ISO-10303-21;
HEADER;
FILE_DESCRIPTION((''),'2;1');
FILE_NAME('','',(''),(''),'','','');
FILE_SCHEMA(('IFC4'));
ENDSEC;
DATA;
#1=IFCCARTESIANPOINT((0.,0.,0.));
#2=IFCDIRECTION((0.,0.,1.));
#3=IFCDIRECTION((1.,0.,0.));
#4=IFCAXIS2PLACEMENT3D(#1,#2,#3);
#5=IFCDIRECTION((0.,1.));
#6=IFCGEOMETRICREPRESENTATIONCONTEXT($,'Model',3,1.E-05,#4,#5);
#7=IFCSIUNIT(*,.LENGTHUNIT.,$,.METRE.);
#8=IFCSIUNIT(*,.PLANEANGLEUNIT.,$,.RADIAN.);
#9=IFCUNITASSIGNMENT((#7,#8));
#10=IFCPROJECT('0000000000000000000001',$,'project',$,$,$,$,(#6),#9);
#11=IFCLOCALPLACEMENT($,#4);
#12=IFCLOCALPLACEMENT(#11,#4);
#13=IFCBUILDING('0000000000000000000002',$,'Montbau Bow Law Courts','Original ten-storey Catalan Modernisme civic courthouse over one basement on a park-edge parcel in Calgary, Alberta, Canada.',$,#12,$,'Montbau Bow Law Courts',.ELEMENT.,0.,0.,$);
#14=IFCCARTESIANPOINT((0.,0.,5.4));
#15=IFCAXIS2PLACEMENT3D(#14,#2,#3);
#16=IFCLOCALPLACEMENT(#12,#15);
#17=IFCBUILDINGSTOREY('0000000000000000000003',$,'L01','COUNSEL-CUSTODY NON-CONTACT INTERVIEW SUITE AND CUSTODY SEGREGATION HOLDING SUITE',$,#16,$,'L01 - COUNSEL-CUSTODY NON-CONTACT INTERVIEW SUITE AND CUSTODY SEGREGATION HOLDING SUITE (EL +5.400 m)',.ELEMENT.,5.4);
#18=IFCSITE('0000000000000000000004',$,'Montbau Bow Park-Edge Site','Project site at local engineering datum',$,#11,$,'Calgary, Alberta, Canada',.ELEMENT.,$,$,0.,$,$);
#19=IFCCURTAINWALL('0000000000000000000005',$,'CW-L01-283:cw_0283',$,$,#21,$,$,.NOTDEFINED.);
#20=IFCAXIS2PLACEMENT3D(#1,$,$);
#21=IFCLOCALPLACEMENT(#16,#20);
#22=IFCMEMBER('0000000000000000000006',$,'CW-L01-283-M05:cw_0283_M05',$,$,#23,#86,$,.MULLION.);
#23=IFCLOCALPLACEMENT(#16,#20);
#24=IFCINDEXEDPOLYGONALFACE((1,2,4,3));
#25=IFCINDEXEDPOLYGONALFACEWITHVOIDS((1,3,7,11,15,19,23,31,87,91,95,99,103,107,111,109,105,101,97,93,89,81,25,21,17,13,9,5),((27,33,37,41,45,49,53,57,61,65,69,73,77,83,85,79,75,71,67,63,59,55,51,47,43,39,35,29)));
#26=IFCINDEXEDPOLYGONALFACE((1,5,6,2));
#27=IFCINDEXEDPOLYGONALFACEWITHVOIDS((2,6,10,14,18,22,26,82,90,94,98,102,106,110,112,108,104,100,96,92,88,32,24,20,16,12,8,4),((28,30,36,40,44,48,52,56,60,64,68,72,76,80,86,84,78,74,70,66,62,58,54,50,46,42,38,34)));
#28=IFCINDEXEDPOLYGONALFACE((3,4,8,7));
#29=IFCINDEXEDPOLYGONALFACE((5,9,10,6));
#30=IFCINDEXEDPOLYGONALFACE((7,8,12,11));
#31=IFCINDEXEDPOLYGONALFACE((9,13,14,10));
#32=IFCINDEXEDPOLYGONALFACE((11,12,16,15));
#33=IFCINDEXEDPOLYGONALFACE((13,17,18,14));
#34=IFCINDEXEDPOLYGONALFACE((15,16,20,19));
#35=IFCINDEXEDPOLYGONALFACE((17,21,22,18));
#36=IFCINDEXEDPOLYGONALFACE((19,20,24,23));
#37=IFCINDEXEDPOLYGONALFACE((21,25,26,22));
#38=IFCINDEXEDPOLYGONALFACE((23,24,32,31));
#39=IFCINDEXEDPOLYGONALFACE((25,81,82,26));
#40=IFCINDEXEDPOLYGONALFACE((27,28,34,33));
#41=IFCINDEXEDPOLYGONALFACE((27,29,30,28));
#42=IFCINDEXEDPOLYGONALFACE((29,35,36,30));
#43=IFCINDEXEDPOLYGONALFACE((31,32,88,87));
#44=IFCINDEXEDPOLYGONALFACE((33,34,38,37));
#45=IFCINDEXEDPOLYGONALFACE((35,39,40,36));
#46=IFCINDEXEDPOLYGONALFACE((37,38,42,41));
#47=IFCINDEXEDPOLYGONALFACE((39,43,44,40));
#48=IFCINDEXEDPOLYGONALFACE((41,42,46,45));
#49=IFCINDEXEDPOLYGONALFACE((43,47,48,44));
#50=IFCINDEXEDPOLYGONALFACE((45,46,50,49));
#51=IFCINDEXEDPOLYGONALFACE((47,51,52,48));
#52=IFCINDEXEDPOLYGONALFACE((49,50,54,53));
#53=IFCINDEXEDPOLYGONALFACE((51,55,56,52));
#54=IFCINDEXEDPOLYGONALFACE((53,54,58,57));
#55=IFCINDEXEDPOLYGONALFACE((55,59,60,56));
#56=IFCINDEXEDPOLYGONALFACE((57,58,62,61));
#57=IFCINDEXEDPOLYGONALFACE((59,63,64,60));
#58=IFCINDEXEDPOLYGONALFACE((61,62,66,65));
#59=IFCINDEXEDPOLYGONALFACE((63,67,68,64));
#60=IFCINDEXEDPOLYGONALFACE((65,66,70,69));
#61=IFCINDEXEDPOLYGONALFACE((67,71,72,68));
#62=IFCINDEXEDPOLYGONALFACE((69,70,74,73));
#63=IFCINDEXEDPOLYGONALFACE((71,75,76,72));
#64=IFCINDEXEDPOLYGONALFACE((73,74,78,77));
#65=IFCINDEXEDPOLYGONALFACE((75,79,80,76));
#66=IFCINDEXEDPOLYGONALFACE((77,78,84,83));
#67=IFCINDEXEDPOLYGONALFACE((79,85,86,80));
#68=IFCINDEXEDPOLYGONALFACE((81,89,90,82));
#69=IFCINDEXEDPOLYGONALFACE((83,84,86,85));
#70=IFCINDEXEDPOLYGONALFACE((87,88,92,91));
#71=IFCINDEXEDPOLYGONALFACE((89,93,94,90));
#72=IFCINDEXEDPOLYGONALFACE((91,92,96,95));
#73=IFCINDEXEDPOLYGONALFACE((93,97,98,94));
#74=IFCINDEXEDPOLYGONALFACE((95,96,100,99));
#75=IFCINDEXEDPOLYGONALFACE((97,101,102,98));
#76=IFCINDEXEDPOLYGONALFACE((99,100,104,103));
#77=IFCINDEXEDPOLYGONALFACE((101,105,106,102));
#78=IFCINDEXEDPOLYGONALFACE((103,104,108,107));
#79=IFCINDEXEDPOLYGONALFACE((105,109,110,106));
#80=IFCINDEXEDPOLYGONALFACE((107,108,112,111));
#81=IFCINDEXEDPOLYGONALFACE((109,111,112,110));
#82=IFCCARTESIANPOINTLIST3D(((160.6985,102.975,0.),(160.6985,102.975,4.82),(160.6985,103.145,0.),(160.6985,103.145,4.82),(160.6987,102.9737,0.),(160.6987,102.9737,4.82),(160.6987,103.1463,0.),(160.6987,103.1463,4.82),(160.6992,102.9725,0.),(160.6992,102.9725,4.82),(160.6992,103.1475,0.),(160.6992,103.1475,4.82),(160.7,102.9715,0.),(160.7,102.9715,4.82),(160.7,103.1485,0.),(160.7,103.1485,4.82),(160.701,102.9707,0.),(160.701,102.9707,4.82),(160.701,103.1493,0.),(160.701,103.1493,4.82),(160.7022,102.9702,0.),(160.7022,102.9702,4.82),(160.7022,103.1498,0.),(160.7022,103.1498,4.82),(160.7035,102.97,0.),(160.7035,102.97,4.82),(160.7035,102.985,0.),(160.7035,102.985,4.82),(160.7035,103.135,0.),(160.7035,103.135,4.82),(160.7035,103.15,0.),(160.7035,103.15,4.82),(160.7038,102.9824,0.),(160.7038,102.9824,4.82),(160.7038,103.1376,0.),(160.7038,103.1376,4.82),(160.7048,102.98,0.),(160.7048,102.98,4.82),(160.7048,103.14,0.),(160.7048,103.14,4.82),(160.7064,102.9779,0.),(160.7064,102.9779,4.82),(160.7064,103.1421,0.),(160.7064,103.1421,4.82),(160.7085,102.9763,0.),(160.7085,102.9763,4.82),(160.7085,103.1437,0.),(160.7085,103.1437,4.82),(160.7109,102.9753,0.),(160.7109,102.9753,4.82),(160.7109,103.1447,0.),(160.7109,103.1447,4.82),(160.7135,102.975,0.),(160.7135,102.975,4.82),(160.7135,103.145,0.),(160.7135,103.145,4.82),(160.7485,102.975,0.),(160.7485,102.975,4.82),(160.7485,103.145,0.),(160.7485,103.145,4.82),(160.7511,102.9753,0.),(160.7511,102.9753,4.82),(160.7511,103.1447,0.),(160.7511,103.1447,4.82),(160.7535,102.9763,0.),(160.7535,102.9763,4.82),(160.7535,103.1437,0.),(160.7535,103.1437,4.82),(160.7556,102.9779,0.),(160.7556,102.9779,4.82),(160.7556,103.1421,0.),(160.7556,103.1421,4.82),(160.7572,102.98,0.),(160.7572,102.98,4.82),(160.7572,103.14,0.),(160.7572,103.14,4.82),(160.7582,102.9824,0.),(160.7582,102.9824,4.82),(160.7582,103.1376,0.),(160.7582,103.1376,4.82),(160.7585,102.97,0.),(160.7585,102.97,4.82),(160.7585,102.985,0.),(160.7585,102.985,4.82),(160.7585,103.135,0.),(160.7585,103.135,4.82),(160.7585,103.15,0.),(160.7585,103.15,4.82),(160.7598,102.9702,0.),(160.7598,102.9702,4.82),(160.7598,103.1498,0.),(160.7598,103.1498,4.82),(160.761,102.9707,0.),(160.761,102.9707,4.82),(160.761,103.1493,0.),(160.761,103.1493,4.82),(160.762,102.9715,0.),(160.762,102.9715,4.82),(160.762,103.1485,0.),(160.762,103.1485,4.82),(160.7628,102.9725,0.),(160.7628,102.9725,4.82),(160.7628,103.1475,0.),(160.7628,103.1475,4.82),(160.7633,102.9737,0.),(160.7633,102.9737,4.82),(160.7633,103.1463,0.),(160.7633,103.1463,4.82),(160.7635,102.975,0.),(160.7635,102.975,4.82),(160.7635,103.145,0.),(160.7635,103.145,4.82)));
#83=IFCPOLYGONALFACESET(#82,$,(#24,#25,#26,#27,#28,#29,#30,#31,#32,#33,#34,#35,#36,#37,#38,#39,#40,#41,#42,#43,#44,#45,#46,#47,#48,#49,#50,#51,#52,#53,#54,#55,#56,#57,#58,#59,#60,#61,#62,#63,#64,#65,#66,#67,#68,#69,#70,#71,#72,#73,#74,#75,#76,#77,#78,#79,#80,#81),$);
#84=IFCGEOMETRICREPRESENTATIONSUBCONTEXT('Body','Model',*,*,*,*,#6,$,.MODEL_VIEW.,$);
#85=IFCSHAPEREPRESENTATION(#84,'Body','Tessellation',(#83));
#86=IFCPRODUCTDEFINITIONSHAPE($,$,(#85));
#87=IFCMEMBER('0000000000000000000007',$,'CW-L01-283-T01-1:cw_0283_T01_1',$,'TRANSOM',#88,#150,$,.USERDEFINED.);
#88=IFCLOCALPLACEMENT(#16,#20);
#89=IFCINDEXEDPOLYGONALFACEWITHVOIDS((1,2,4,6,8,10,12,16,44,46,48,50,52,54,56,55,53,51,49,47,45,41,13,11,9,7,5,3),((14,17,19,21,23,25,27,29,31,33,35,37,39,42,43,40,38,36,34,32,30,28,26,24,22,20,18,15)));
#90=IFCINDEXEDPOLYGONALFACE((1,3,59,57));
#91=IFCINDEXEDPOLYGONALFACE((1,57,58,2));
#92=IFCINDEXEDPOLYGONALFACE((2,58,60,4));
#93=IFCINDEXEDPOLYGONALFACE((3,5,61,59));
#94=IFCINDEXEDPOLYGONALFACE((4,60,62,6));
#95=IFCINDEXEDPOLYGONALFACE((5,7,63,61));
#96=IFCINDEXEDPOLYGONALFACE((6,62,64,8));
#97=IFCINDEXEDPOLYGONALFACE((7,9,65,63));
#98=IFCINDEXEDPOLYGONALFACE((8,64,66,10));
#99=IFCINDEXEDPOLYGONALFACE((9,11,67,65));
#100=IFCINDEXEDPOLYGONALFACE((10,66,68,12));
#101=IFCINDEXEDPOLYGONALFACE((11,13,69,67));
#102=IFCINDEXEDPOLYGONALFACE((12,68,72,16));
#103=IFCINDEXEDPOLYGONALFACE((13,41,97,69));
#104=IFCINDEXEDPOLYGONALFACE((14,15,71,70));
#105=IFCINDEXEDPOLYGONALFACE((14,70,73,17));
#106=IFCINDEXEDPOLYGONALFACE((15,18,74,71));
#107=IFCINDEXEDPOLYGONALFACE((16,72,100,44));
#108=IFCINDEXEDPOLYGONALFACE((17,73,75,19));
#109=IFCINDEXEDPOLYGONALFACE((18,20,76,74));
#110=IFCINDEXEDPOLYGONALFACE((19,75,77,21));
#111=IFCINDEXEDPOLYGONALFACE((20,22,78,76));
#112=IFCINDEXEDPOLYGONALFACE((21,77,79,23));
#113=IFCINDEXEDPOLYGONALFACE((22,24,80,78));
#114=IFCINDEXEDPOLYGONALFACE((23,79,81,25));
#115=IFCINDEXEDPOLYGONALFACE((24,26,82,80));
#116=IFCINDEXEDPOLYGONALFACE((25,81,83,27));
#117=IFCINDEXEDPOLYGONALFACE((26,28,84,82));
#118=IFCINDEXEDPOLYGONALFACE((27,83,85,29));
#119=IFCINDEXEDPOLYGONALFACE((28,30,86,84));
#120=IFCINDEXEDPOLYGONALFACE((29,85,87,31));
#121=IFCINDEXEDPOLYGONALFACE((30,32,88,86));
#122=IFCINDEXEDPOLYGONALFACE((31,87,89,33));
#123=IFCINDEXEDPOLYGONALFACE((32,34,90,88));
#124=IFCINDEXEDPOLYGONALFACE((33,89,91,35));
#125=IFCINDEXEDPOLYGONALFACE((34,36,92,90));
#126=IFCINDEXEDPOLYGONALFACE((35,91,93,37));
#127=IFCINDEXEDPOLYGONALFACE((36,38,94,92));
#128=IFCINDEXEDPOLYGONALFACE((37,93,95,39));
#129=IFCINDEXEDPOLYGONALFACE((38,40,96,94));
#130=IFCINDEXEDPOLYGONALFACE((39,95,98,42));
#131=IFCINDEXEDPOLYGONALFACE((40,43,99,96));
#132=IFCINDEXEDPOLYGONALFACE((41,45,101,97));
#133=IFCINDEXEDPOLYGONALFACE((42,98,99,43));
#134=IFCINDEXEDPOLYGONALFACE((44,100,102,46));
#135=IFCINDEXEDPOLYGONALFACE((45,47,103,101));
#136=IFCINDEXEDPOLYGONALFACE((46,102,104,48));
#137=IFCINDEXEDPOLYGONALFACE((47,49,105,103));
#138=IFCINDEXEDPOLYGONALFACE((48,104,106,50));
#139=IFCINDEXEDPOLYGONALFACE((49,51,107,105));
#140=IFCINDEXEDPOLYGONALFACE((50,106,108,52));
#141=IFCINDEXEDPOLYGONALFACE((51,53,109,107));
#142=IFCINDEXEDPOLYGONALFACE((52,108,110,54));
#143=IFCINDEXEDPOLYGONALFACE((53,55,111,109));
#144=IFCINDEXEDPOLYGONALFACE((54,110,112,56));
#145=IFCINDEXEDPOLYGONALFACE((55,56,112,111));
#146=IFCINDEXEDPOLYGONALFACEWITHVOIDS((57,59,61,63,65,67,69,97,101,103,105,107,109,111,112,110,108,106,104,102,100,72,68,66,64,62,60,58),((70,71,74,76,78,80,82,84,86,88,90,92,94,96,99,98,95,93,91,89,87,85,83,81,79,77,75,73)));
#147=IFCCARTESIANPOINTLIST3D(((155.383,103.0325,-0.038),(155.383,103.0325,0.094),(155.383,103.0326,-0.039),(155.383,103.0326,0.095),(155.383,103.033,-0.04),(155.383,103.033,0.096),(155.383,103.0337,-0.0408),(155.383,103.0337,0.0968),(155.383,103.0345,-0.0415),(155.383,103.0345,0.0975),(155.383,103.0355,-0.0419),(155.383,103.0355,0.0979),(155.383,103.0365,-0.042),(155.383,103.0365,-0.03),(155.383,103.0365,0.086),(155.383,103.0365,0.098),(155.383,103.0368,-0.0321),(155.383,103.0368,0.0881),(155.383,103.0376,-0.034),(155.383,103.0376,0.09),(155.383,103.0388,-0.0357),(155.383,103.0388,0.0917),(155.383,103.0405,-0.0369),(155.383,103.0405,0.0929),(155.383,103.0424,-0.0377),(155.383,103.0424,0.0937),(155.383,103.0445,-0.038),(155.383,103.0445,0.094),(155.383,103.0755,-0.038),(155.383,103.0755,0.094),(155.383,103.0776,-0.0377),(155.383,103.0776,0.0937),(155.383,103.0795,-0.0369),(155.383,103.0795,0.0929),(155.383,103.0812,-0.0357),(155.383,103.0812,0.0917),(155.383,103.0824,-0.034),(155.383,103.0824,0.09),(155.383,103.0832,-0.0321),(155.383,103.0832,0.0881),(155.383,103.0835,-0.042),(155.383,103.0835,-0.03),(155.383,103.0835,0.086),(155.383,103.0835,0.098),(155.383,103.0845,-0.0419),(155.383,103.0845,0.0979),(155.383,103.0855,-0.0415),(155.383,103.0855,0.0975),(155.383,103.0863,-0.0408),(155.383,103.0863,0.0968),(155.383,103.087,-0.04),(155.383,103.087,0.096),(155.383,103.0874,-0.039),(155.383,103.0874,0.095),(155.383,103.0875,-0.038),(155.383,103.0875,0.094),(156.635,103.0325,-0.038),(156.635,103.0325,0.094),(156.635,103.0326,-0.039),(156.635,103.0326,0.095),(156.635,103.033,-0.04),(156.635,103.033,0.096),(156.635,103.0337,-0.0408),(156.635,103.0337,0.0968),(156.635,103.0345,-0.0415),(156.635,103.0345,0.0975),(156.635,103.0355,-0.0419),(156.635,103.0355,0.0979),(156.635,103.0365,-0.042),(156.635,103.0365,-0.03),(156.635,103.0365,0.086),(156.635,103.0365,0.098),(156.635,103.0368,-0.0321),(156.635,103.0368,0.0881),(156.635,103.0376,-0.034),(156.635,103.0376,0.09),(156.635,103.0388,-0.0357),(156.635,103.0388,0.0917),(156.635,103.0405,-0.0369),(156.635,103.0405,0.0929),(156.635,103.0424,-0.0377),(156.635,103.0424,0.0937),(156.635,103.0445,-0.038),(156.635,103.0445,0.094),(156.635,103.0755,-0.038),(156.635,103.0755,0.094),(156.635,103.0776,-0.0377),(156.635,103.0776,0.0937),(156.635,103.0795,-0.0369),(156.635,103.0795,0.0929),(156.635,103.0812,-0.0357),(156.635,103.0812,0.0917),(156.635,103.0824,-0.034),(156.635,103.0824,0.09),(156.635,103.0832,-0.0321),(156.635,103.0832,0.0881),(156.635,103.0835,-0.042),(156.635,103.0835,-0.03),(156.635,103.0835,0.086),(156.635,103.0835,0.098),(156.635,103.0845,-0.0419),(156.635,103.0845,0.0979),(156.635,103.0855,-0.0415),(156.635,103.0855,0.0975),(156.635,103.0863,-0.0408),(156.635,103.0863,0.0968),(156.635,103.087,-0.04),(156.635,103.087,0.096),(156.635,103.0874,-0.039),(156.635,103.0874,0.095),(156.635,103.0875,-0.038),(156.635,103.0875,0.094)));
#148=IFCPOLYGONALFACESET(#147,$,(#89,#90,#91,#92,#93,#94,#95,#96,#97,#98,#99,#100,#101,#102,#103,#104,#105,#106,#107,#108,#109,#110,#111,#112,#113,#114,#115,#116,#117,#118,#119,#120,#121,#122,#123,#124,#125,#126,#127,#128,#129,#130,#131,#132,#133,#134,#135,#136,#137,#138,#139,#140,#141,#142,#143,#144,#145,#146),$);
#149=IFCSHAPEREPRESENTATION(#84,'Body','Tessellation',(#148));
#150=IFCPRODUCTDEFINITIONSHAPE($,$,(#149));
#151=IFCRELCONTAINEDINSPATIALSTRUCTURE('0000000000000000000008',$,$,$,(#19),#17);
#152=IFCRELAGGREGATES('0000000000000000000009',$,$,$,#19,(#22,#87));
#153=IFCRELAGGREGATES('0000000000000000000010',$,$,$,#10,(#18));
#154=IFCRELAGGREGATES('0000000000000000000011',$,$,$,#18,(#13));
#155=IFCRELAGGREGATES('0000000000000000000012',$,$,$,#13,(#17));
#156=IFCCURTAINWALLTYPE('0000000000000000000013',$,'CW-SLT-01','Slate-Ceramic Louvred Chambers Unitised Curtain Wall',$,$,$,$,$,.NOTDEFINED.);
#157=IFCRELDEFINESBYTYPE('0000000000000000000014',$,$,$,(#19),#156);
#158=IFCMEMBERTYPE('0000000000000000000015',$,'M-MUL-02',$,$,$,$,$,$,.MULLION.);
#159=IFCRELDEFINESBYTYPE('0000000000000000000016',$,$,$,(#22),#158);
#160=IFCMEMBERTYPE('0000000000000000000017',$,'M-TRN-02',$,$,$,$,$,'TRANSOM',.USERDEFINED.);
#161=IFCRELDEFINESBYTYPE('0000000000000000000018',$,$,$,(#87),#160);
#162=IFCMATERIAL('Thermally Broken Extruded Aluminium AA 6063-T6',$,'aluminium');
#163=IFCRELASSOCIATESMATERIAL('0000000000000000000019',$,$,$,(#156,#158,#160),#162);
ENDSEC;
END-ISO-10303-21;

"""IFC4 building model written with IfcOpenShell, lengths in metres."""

from ifc_helpers import new_model, si_unit, direction, frame, origin_with_axes, origin_2d_with_axis, place, context, subcontext, project, spatial, hollow_rectangle, extrude, material, material_profile, profile_set, type_object, element, aggregate, save


model = new_model("IFC4")

# Units and contexts
model_context = context("Model", 3, precision=1e-05, world=origin_with_axes(), true_north=direction((0.0, 1.0)))
body_context = subcontext(model_context, "Body", "Model", "MODEL_VIEW")
ifc_project = project(units=[si_unit("LENGTHUNIT", "METRE"), si_unit("PLANEANGLEUNIT", "RADIAN")], contexts=[model_context])

# Site, building, storey
site_placement = place(None, origin_with_axes())
site = spatial("IfcSite", under=ifc_project, at=site_placement, Name="Montbau Bow Park-Edge Site", Description="Project site at local engineering datum", LongName="Calgary, Alberta, Canada", CompositionType="ELEMENT", RefElevation=0.0)
building_placement = place(site_placement, origin_with_axes())
building = spatial("IfcBuilding", under=site, at=building_placement, Name="Montbau Bow Law Courts", Description="Original ten-storey Catalan Modernisme civic courthouse over one basement on a park-edge parcel in Calgary, Alberta, Canada.", LongName="Montbau Bow Law Courts", CompositionType="ELEMENT", ElevationOfRefHeight=0.0, ElevationOfTerrain=0.0)
storey_placement = place(building_placement, frame((0.0, 0.0, 5.4), z_axis=(0.0, 0.0, 1.0), x_axis=(1.0, 0.0, 0.0)))
storey = spatial("IfcBuildingStorey", under=building, at=storey_placement, Name="L01", Description="COUNSEL-CUSTODY NON-CONTACT INTERVIEW SUITE AND CUSTODY SEGREGATION HOLDING SUITE", LongName="L01 - COUNSEL-CUSTODY NON-CONTACT INTERVIEW SUITE AND CUSTODY SEGREGATION HOLDING SUITE (EL +5.400 m)", CompositionType="ELEMENT", Elevation=5.4)

# Curtain wall, members
ifc_material_1 = material(Name="Thermally Broken Extruded Aluminium AA 6063-T6", Category="aluminium")
curtain_wall_type = type_object("IfcCurtainWallType", Name="CW-SLT-01", Description="Slate-Ceramic Louvred Chambers Unitised Curtain Wall", PredefinedType="NOTDEFINED", material=ifc_material_1)
curtain_wall_placement = place(None, frame((155.315, 103.06, 5.4), z_axis=(0.0, 0.0, 1.0), x_axis=(1.0, 0.0, 0.0)))
curtain_wall = element("IfcCurtainWall", 1, at=curtain_wall_placement, inside=storey, type_object=curtain_wall_type, Name="CW-L01-283:cw_0283", PredefinedType="NOTDEFINED")
ifc_material_profile_1 = material_profile(ifc_material_1, hollow_rectangle(XDim=0.065, YDim=0.18, WallThickness=0.005, InnerFilletRadius=0.01, OuterFilletRadius=0.005, at=origin_2d_with_axis()), Name="CWM-180X65", Category="Main", Priority=0)
ifc_profile_set_1 = profile_set([ifc_material_profile_1], Name="Thermally Broken Extruded Aluminium AA 6063-T6")
member_type_1 = type_object("IfcMemberType", Name="M-MUL-02", PredefinedType="MULLION", material=ifc_profile_set_1)
member_1_placement = place(None, frame((160.731, 103.06, 5.4), z_axis=(0.0, 0.0, 1.0), x_axis=(1.0, 0.0, 0.0)))
member_1 = element("IfcMember", 2, at=member_1_placement, type_object=member_type_1, Name="CW-L01-283-M05:cw_0283_M05", PredefinedType="MULLION", context=body_context, shape_type="SweptSolid", body=[
    extrude(hollow_rectangle(XDim=0.065, YDim=0.18, WallThickness=0.005, InnerFilletRadius=0.01, OuterFilletRadius=0.005, at=origin_2d_with_axis()), origin_with_axes(), (0.0, 0.0, 1.0), 4.82),
])
ifc_material_profile_2 = material_profile(ifc_material_1, hollow_rectangle(XDim=0.055, YDim=0.14, WallThickness=0.004, InnerFilletRadius=0.008, OuterFilletRadius=0.004, at=origin_2d_with_axis()), Name="CWT-140X55", Category="Main", Priority=0)
ifc_profile_set_2 = profile_set([ifc_material_profile_2], Name="Thermally Broken Extruded Aluminium AA 6063-T6")
member_type_2 = type_object("IfcMemberType", Name="M-TRN-02", ElementType="TRANSOM", PredefinedType="USERDEFINED", material=ifc_profile_set_2)
member_2_placement = place(None, frame((155.383, 103.06, 5.428), z_axis=(1.0, 0.0, 0.0), x_axis=(0.0, 1.0, 0.0)))
member_2 = element("IfcMember", 3, at=member_2_placement, type_object=member_type_2, Name="CW-L01-283-T01-1:cw_0283_T01_1", ObjectType="TRANSOM", PredefinedType="USERDEFINED", context=body_context, shape_type="SweptSolid", body=[
    extrude(hollow_rectangle(XDim=0.055, YDim=0.14, WallThickness=0.004, InnerFilletRadius=0.008, OuterFilletRadius=0.004, at=origin_2d_with_axis()), origin_with_axes(), (0.0, 0.0, 1.0), 1.252),
])
aggregate(curtain_wall, [member_1, member_2])

save(model, "model.ifc")
